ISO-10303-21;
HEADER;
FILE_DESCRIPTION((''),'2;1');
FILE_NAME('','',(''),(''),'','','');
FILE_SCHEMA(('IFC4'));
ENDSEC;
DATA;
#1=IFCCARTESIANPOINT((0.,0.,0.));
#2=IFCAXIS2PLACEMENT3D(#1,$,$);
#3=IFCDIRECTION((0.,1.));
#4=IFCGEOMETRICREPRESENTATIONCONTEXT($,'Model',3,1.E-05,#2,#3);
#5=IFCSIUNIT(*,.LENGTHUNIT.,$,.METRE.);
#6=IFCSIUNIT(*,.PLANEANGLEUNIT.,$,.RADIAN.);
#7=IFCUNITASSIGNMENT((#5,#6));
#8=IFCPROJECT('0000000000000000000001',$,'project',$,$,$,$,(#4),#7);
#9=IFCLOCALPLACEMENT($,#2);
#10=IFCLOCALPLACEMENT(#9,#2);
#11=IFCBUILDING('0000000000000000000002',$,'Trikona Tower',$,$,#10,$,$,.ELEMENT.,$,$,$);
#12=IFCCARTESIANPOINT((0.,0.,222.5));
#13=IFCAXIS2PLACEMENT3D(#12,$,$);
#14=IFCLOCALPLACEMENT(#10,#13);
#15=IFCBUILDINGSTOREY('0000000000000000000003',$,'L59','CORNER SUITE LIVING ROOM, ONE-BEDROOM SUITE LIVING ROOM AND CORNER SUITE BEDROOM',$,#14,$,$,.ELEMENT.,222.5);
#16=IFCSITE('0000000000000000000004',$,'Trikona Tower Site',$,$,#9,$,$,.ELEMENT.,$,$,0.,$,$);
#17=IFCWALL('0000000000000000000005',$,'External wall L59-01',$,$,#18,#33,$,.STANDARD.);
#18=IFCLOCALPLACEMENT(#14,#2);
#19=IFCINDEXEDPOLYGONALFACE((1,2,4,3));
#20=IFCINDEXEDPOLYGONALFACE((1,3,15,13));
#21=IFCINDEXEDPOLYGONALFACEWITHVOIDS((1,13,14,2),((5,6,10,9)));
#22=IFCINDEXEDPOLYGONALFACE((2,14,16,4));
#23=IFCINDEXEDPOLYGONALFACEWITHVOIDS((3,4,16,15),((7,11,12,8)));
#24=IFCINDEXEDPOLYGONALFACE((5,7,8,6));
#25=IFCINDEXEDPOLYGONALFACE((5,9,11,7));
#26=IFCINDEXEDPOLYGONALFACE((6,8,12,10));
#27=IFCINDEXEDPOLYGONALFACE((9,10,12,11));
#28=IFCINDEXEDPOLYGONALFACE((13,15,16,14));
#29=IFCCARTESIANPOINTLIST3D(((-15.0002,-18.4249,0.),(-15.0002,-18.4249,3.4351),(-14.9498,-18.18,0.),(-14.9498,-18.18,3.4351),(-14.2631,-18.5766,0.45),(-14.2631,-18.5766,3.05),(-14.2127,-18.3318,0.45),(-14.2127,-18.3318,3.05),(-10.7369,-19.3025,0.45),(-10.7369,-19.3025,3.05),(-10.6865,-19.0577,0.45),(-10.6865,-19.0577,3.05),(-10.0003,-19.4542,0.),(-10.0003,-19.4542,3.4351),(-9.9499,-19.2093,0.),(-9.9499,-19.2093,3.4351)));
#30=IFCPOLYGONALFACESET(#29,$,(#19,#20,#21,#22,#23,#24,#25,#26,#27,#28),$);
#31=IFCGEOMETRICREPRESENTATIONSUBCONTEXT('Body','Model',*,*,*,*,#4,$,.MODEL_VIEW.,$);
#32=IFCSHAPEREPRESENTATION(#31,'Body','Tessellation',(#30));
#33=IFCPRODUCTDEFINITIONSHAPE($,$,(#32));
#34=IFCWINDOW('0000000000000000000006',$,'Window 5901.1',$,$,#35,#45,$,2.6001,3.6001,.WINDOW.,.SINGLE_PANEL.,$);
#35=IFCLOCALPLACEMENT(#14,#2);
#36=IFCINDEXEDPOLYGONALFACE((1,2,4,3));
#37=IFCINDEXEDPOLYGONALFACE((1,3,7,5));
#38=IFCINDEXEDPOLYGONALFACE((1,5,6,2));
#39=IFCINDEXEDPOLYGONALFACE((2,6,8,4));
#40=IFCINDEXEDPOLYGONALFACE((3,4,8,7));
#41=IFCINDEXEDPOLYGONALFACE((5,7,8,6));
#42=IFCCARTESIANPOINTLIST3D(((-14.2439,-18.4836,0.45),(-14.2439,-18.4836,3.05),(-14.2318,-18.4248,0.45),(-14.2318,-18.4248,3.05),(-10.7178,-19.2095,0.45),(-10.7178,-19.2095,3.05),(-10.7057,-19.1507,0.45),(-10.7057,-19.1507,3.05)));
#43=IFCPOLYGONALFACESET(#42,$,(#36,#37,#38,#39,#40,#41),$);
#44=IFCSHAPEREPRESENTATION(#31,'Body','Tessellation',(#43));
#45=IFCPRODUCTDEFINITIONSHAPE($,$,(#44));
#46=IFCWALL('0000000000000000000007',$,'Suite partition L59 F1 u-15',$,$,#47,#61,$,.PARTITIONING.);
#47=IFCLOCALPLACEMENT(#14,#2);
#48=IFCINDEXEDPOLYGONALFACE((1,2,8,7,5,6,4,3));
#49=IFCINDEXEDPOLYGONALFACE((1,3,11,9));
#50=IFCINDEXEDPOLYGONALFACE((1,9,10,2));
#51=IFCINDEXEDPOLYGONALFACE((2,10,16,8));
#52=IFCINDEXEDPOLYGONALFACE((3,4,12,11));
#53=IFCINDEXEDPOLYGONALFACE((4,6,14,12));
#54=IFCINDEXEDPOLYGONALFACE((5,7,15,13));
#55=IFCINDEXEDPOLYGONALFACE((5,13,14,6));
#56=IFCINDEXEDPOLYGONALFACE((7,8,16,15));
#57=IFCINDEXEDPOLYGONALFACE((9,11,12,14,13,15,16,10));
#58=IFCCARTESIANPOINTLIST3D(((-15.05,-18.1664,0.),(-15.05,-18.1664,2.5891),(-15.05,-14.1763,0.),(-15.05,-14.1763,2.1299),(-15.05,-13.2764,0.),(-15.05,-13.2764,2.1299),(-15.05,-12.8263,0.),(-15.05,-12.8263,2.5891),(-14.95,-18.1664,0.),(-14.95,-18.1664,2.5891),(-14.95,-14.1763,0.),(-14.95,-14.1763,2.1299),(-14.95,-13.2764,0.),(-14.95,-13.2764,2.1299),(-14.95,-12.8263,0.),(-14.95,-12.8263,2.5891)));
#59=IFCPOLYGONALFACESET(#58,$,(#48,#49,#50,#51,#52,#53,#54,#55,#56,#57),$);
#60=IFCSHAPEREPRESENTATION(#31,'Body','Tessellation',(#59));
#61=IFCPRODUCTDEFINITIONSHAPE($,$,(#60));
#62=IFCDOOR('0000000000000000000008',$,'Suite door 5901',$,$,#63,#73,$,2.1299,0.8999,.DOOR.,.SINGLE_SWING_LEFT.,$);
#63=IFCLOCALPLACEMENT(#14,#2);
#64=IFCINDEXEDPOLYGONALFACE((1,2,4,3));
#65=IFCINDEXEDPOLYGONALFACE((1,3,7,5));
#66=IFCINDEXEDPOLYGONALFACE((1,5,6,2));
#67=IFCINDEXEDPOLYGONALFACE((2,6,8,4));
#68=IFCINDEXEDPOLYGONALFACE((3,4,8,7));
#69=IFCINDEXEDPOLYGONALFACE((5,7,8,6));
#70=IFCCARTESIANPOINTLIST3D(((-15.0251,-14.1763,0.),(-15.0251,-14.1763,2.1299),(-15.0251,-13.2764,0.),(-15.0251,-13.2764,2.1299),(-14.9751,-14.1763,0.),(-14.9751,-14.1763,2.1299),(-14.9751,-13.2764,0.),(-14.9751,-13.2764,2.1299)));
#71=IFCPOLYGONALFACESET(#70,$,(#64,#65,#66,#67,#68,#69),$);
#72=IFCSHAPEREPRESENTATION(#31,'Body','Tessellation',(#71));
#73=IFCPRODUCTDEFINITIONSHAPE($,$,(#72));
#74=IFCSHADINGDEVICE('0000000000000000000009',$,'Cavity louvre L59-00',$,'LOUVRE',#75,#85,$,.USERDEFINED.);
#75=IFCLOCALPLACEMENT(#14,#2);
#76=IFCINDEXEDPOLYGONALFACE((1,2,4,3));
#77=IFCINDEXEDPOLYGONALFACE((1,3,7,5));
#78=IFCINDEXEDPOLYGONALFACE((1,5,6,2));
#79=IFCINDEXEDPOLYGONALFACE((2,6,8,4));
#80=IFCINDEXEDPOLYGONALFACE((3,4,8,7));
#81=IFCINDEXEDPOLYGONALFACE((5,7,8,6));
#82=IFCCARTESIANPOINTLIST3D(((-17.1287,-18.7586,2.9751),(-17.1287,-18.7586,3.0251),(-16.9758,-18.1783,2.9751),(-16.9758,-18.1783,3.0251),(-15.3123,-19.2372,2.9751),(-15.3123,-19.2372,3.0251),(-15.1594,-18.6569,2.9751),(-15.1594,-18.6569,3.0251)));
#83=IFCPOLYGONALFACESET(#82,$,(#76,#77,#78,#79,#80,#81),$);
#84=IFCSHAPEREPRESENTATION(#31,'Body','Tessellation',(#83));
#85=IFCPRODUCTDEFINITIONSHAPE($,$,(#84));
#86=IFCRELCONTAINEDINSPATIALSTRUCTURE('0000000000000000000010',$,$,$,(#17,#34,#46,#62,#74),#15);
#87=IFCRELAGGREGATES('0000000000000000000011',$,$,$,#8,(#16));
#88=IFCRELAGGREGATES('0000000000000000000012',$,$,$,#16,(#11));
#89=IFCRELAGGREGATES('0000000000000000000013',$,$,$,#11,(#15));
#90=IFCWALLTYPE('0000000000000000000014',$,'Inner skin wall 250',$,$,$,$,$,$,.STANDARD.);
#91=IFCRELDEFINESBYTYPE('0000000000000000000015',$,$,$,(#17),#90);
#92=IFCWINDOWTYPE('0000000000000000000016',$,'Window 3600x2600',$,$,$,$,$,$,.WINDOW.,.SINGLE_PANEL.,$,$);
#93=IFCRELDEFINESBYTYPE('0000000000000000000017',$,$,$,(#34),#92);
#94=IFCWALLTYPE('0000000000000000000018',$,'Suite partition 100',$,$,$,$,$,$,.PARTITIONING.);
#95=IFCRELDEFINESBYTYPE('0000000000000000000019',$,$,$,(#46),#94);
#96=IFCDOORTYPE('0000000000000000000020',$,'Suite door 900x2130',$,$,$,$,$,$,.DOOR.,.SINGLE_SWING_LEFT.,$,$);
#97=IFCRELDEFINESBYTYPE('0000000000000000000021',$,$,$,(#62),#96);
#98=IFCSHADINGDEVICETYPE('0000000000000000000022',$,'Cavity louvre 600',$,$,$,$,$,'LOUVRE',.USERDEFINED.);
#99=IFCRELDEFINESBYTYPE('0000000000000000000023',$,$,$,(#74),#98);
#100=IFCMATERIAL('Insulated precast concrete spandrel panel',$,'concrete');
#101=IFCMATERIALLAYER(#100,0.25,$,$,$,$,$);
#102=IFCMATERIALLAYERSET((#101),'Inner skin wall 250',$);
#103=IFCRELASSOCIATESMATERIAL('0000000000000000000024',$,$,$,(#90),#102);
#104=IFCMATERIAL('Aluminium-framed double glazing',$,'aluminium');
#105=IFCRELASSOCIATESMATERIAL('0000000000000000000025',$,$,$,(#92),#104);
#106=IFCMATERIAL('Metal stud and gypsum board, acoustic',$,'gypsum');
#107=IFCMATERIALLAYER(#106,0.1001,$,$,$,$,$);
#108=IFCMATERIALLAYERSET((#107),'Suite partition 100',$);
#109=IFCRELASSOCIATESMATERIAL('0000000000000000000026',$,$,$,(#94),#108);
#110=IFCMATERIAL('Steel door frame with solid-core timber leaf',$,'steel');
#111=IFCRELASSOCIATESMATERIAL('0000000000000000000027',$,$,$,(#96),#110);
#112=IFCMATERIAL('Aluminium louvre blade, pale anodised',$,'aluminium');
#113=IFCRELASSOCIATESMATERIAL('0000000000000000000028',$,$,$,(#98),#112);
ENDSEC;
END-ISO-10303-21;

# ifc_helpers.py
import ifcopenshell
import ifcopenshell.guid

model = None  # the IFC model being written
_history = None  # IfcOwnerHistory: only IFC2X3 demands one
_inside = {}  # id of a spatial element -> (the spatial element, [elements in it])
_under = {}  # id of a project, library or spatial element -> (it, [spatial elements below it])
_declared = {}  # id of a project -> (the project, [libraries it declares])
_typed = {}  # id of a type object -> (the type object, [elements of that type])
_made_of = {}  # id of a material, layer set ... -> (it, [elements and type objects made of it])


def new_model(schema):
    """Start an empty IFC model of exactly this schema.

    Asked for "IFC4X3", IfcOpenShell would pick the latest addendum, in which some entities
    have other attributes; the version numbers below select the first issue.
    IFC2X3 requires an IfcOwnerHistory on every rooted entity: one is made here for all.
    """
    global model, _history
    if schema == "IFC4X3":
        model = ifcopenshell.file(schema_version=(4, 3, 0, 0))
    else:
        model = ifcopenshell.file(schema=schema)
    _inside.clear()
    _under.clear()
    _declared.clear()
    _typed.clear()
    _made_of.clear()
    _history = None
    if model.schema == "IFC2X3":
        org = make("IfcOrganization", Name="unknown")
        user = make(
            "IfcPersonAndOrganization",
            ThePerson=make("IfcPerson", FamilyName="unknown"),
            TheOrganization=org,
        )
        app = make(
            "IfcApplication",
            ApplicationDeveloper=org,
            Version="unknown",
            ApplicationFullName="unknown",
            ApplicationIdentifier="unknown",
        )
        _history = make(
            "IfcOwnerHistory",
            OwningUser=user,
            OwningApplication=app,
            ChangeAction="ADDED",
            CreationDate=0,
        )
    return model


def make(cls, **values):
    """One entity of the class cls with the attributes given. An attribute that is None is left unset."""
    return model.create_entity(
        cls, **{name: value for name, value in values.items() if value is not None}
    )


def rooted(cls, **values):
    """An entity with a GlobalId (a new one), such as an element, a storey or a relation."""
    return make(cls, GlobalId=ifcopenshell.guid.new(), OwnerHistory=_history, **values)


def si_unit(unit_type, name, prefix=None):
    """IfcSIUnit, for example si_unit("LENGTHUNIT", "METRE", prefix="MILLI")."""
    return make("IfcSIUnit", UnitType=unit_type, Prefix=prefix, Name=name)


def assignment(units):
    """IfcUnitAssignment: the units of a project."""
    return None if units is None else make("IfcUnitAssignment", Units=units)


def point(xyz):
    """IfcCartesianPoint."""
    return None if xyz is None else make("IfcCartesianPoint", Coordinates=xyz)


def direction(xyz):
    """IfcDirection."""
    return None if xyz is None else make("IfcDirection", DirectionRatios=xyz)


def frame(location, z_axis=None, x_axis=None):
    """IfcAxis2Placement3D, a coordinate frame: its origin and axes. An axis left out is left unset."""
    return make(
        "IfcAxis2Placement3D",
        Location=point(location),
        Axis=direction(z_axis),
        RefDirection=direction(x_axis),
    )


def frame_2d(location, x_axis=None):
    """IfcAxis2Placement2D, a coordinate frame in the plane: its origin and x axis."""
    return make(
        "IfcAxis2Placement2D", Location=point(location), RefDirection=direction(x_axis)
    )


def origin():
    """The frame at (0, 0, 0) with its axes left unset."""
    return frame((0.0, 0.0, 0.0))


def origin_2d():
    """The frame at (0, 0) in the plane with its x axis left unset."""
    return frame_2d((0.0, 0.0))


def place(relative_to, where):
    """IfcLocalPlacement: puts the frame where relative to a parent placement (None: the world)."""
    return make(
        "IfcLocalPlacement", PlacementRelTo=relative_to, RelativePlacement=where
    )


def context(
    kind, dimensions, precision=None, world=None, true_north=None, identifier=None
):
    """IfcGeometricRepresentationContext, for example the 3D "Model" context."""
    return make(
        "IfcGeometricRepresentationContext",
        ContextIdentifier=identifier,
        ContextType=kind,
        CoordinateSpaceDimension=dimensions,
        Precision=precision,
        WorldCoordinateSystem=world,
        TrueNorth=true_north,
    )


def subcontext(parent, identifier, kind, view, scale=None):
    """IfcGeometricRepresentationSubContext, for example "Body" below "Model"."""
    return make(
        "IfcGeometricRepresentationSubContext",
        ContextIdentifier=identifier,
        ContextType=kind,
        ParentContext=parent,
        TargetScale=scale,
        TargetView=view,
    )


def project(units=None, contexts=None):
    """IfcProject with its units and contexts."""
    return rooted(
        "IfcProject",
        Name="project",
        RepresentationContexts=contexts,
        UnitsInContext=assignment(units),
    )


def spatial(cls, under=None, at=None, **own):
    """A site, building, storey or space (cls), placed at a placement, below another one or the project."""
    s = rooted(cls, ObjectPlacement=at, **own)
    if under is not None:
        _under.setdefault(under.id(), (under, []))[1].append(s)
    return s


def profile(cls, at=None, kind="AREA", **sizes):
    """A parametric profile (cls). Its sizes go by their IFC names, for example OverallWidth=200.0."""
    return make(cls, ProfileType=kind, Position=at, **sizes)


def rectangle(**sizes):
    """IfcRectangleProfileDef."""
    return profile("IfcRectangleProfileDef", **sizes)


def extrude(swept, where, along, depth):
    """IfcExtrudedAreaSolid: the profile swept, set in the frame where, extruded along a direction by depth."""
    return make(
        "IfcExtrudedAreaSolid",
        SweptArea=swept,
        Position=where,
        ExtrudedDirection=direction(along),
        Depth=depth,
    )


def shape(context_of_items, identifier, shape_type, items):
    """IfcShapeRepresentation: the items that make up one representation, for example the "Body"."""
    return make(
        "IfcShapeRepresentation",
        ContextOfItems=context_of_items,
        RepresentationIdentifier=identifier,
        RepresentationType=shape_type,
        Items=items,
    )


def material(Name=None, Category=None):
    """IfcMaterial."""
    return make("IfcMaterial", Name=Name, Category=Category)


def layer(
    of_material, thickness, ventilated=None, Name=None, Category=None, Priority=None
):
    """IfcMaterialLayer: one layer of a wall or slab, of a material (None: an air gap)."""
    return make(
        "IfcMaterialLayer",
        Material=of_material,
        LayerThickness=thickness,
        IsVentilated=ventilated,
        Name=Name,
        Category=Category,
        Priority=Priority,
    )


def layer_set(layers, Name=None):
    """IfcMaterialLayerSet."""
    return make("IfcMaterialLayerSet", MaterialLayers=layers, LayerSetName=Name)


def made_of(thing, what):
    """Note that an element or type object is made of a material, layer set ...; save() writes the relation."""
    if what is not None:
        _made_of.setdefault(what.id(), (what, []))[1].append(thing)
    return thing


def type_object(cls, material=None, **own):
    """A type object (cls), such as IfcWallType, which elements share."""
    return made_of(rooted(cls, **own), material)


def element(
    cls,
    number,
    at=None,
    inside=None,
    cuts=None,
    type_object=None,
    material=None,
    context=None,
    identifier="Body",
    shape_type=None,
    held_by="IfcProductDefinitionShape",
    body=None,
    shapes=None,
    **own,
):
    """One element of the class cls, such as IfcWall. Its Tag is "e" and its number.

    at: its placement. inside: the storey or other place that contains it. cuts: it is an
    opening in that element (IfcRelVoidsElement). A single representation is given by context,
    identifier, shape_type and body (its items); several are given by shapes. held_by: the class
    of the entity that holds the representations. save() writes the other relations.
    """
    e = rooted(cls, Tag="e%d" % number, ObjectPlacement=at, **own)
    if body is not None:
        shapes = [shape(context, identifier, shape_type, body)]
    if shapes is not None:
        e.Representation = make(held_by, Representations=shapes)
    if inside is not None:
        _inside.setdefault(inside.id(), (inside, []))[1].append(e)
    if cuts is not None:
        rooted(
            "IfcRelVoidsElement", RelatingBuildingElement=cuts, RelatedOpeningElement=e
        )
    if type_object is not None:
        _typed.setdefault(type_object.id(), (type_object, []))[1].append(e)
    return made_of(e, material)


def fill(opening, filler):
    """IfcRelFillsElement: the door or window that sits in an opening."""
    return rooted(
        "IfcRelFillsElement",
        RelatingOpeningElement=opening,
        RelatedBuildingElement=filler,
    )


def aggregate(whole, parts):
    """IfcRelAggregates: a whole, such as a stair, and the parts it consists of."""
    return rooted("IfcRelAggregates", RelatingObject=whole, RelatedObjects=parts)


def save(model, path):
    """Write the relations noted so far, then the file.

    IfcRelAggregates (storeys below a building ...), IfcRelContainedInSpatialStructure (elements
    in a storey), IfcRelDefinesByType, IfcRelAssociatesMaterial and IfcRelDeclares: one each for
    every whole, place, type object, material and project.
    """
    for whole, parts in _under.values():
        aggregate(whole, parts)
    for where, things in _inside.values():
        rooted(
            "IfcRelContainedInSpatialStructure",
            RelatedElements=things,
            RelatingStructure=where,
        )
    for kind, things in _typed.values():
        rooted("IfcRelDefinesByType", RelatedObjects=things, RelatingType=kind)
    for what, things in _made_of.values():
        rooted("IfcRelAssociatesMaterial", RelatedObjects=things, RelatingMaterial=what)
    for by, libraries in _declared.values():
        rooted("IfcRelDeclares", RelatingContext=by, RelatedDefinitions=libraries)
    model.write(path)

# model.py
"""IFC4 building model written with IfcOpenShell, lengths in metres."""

from ifc_helpers import new_model, si_unit, direction, frame, frame_2d, origin, origin_2d, place, context, subcontext, project, spatial, rectangle, extrude, material, layer, layer_set, type_object, element, fill, save


model = new_model("IFC4")

# Units and contexts
model_context = context("Model", 3, precision=1e-05, world=origin(), true_north=direction((0.0, 1.0)))
body_context = subcontext(model_context, "Body", "Model", "MODEL_VIEW")
ifc_project = project(units=[si_unit("LENGTHUNIT", "METRE"), si_unit("PLANEANGLEUNIT", "RADIAN")], contexts=[model_context])

# Site, building, storey
site_placement = place(None, origin())
site = spatial("IfcSite", under=ifc_project, at=site_placement, Name="Trikona Tower Site", CompositionType="ELEMENT", RefElevation=0.0)
building_placement = place(site_placement, origin())
building = spatial("IfcBuilding", under=site, at=building_placement, Name="Trikona Tower", CompositionType="ELEMENT")
storey_placement = place(building_placement, frame((0.0, 0.0, 222.5)))
storey = spatial("IfcBuildingStorey", under=building, at=storey_placement, Name="L59", Description="CORNER SUITE LIVING ROOM, ONE-BEDROOM SUITE LIVING ROOM AND CORNER SUITE BEDROOM", CompositionType="ELEMENT", Elevation=222.5)

# Wall, opening, window
ifc_material_1 = material(Name="Insulated precast concrete spandrel panel", Category="concrete")
ifc_layer_1 = layer(ifc_material_1, 0.25)
ifc_layer_set_1 = layer_set([ifc_layer_1], Name="Inner skin wall 250")
wall_type_1 = type_object("IfcWallType", Name="Inner skin wall 250", PredefinedType="STANDARD", material=ifc_layer_set_1)
wall_1_placement = place(storey_placement, frame((-14.9749, -18.3025, 0.0), z_axis=(0.0, 0.0, 1.0), x_axis=(0.979461, -0.201631, 0.0)))
wall_1 = element("IfcWall", 1, at=wall_1_placement, inside=storey, type_object=wall_type_1, Name="External wall L59-01", PredefinedType="STANDARD", context=body_context, shape_type="SweptSolid", body=[
    extrude(rectangle(XDim=5.1047, YDim=0.25, at=frame_2d((2.5522, 0.0))), origin(), (0.0, 0.0, 1.0), 3.4351),
])
opening_1_placement = place(wall_1_placement, frame((0.7524, 0.0, 0.45)))
opening_1 = element("IfcOpeningElement", 2, at=opening_1_placement, cuts=wall_1, PredefinedType="OPENING", context=body_context, shape_type="SweptSolid", body=[
    extrude(rectangle(XDim=3.6001, YDim=2.6001, at=frame_2d((1.8, 1.3))), frame((0.0, 0.135, 0.0), z_axis=(0.0, -1.0, 0.0), x_axis=(1.0, 0.0, 0.0)), (0.0, 0.0, 1.0), 0.27),
])
ifc_material_2 = material(Name="Aluminium-framed double glazing", Category="aluminium")
window_type = type_object("IfcWindowType", Name="Window 3600x2600", PartitioningType="SINGLE_PANEL", PredefinedType="WINDOW", material=ifc_material_2)
window_placement = place(opening_1_placement, origin())
window = element("IfcWindow", 3, at=window_placement, inside=storey, type_object=window_type, Name="Window 5901.1", OverallHeight=2.6001, OverallWidth=3.6001, PartitioningType="SINGLE_PANEL", PredefinedType="WINDOW", context=body_context, shape_type="SweptSolid", body=[
    extrude(rectangle(XDim=3.6001, YDim=2.6001, at=frame_2d((1.8, 1.3))), frame((0.0, 0.03, 0.0), z_axis=(0.0, -1.0, 0.0), x_axis=(1.0, 0.0, 0.0)), (0.0, 0.0, 1.0), 0.0601),
])
fill(opening_1, window)

# Wall, opening, door
ifc_material_3 = material(Name="Metal stud and gypsum board, acoustic", Category="gypsum")
ifc_layer_2 = layer(ifc_material_3, 0.1001)
ifc_layer_set_2 = layer_set([ifc_layer_2], Name="Suite partition 100")
wall_type_2 = type_object("IfcWallType", Name="Suite partition 100", PredefinedType="PARTITIONING", material=ifc_layer_set_2)
wall_2_placement = place(storey_placement, frame((-15.0, -12.8264, 0.0), z_axis=(0.0, 0.0, 1.0), x_axis=(0.0, -1.0, 0.0)))
wall_2 = element("IfcWall", 4, at=wall_2_placement, inside=storey, type_object=wall_type_2, Name="Suite partition L59 F1 u-15", PredefinedType="PARTITIONING", context=body_context, shape_type="SweptSolid", body=[
    extrude(rectangle(XDim=5.3401, YDim=0.1001, at=frame_2d((2.6699, 0.0))), origin(), (0.0, 0.0, 1.0), 2.5891),
])
opening_2_placement = place(wall_2_placement, frame((0.45, 0.0, 0.0)))
opening_2 = element("IfcOpeningElement", 5, at=opening_2_placement, cuts=wall_2, PredefinedType="OPENING", context=body_context, shape_type="SweptSolid", body=[
    extrude(rectangle(XDim=0.8999, YDim=2.1299, at=frame_2d((0.45, 1.0649))), frame((0.0, 0.0601, 0.0), z_axis=(0.0, -1.0, 0.0), x_axis=(1.0, 0.0, 0.0)), (0.0, 0.0, 1.0), 0.1201),
])
ifc_material_4 = material(Name="Steel door frame with solid-core timber leaf", Category="steel")
door_type = type_object("IfcDoorType", Name="Suite door 900x2130", OperationType="SINGLE_SWING_LEFT", PredefinedType="DOOR", material=ifc_material_4)
door_placement = place(opening_2_placement, origin())
door = element("IfcDoor", 6, at=door_placement, inside=storey, type_object=door_type, Name="Suite door 5901", OperationType="SINGLE_SWING_LEFT", OverallHeight=2.1299, OverallWidth=0.8999, PredefinedType="DOOR", context=body_context, shape_type="SweptSolid", body=[
    extrude(rectangle(XDim=0.8999, YDim=2.1299, at=frame_2d((0.45, 1.0649))), frame((0.0, 0.0249, 0.0), z_axis=(0.0, -1.0, 0.0), x_axis=(1.0, 0.0, 0.0)), (0.0, 0.0, 1.0), 0.05),
])
fill(opening_2, door)

# Shading device
ifc_material_5 = material(Name="Aluminium louvre blade, pale anodised", Category="aluminium")
shading_device_type = type_object("IfcShadingDeviceType", Name="Cavity louvre 600", ElementType="LOUVRE", PredefinedType="USERDEFINED", material=ifc_material_5)
shading_device_placement = place(storey_placement, frame((-16.144, -18.7078, 2.9751), z_axis=(0.0, 0.0, 1.0), x_axis=(0.966993, -0.254803, 0.0)))
element("IfcShadingDevice", 7, at=shading_device_placement, inside=storey, type_object=shading_device_type, Name="Cavity louvre L59-00", ObjectType="LOUVRE", PredefinedType="USERDEFINED", context=body_context, shape_type="SweptSolid", body=[
    extrude(rectangle(XDim=1.8784, YDim=0.6001, at=origin_2d()), origin(), (0.0, 0.0, 1.0), 0.05),
])

save(model, "model.ifc")
